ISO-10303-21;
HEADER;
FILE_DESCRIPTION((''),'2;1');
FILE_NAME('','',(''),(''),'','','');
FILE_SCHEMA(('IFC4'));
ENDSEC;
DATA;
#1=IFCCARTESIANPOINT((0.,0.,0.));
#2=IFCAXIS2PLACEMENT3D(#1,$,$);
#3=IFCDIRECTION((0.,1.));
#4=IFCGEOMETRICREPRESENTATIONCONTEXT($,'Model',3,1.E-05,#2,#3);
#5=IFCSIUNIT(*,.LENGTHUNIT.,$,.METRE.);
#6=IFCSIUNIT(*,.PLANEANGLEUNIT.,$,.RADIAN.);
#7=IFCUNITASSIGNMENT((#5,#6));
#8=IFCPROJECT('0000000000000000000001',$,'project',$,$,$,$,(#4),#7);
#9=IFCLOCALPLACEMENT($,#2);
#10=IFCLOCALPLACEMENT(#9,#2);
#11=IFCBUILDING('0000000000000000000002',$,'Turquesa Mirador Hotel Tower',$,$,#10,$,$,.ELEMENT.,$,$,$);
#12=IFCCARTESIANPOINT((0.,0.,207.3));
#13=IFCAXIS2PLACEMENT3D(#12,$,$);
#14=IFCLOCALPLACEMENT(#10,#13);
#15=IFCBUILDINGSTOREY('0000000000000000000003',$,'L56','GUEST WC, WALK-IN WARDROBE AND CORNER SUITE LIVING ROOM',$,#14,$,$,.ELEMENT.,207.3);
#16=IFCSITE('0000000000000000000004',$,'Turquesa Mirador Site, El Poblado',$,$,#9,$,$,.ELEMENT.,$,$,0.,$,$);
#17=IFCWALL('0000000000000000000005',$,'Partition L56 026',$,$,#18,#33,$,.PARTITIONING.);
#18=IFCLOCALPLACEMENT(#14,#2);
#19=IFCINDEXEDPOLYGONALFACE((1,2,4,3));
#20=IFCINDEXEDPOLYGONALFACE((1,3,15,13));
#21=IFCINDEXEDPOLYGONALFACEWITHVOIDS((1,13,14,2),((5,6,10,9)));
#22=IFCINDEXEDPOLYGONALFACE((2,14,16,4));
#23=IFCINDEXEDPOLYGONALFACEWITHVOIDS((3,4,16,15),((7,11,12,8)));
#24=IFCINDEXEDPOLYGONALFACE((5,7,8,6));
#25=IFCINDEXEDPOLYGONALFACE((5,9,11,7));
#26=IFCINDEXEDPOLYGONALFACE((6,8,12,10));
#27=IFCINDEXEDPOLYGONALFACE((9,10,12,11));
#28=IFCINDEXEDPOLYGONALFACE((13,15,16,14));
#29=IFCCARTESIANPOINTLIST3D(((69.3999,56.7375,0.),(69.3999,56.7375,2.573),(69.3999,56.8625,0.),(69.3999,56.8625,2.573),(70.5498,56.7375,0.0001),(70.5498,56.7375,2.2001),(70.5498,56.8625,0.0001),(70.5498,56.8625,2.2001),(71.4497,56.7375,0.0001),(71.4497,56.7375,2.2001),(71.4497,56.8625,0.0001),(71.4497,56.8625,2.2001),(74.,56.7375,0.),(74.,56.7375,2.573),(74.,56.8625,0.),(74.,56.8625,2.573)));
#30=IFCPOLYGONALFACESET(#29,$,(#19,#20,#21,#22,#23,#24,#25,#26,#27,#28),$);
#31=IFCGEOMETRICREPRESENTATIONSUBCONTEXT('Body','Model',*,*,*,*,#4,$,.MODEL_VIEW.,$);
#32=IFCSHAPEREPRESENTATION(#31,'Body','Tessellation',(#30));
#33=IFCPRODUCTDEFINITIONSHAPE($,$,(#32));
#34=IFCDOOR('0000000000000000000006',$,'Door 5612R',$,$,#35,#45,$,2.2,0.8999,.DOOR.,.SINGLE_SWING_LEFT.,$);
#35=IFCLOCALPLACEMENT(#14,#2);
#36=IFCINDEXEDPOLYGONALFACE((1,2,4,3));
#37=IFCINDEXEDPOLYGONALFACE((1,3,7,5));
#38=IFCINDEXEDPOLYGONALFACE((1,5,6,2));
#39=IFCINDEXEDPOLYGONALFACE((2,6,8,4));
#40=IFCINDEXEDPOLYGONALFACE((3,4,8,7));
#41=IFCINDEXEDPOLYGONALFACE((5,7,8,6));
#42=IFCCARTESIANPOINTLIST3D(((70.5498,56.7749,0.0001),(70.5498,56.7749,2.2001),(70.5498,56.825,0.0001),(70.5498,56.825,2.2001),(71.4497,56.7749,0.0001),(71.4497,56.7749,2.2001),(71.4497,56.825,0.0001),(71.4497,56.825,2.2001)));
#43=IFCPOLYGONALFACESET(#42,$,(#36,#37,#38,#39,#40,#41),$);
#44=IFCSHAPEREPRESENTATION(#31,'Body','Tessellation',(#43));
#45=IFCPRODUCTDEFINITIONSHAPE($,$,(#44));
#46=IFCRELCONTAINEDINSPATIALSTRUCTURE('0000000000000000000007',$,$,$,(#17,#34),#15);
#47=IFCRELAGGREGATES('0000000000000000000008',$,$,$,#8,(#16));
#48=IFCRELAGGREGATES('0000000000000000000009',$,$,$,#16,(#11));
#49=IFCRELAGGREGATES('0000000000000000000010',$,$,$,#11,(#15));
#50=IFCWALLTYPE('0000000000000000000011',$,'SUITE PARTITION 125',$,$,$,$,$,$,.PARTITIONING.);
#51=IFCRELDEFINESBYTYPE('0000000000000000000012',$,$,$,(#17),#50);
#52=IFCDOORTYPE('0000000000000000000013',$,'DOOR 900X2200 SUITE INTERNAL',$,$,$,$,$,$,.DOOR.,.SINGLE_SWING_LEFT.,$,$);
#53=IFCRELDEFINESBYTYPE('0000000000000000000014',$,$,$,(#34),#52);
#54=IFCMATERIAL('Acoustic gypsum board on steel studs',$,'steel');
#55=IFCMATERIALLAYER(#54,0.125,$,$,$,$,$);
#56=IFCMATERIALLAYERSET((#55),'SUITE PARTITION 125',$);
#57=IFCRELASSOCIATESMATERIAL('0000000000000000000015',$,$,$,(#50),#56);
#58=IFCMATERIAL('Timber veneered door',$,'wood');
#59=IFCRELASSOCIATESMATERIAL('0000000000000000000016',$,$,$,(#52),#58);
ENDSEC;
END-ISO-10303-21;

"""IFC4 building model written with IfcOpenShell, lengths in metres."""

from ifc_helpers import new_model, si_unit, direction, frame, frame_2d, origin, place, context, subcontext, project, spatial, rectangle, extrude, material, layer, layer_set, type_object, element, fill, save


model = new_model("IFC4")

# Units and contexts
model_context = context("Model", 3, precision=1e-05, world=origin(), true_north=direction((0.0, 1.0)))
body_context = subcontext(model_context, "Body", "Model", "MODEL_VIEW")
ifc_project = project(units=[si_unit("LENGTHUNIT", "METRE"), si_unit("PLANEANGLEUNIT", "RADIAN")], contexts=[model_context])

# Site, building, storey
site_placement = place(None, origin())
site = spatial("IfcSite", under=ifc_project, at=site_placement, Name="Turquesa Mirador Site, El Poblado", CompositionType="ELEMENT", RefElevation=0.0)
building_placement = place(site_placement, origin())
building = spatial("IfcBuilding", under=site, at=building_placement, Name="Turquesa Mirador Hotel Tower", CompositionType="ELEMENT")
storey_placement = place(building_placement, frame((0.0, 0.0, 207.3)))
storey = spatial("IfcBuildingStorey", under=building, at=storey_placement, Name="L56", Description="GUEST WC, WALK-IN WARDROBE AND CORNER SUITE LIVING ROOM", CompositionType="ELEMENT", Elevation=207.3)

# Wall, opening, door
ifc_material_1 = material(Name="Acoustic gypsum board on steel studs", Category="steel")
ifc_layer_1 = layer(ifc_material_1, 0.125)
ifc_layer_set_1 = layer_set([ifc_layer_1], Name="SUITE PARTITION 125")
wall_type_1 = type_object("IfcWallType", Name="SUITE PARTITION 125", PredefinedType="PARTITIONING", material=ifc_layer_set_1)
wall_1_placement = place(storey_placement, frame((69.3999, 56.8, 0.0), z_axis=(0.0, 0.0, 1.0), x_axis=(1.0, 0.0, 0.0)))
wall_1 = element("IfcWall", 1, at=wall_1_placement, inside=storey, type_object=wall_type_1, Name="Partition L56 026", PredefinedType="PARTITIONING", context=body_context, shape_type="SweptSolid", body=[
    extrude(rectangle(XDim=4.6001, YDim=0.125, at=frame_2d((2.3, 0.0))), origin(), (0.0, 0.0, 1.0), 2.573),
])
opening_1_placement = place(wall_1_placement, frame((1.1499, 0.0, 0.0)))
opening_1 = element("IfcOpeningElement", 2, at=opening_1_placement, cuts=wall_1, PredefinedType="OPENING", context=body_context, shape_type="SweptSolid", body=[
    extrude(rectangle(XDim=0.8999, YDim=2.2, at=frame_2d((0.45, 1.1001))), frame((0.0, 0.0725, 0.0), z_axis=(0.0, -1.0, 0.0), x_axis=(1.0, 0.0, 0.0)), (0.0, 0.0, 1.0), 0.145),
])
ifc_material_2 = material(Name="Timber veneered door", Category="wood")
door_type_1 = type_object("IfcDoorType", Name="DOOR 900X2200 SUITE INTERNAL", OperationType="SINGLE_SWING_LEFT", PredefinedType="DOOR", material=ifc_material_2)
door_1_placement = place(opening_1_placement, origin())
door_1 = element("IfcDoor", 3, at=door_1_placement, inside=storey, type_object=door_type_1, Name="Door 5612R", OperationType="SINGLE_SWING_LEFT", OverallHeight=2.2, OverallWidth=0.8999, PredefinedType="DOOR", context=body_context, shape_type="SweptSolid", body=[
    extrude(rectangle(XDim=0.8999, YDim=2.2, at=frame_2d((0.45, 1.1001))), frame((0.0, 0.0249, 0.0), z_axis=(0.0, -1.0, 0.0), x_axis=(1.0, 0.0, 0.0)), (0.0, 0.0, 1.0), 0.05),
])
fill(opening_1, door_1)

save(model, "model.ifc")
